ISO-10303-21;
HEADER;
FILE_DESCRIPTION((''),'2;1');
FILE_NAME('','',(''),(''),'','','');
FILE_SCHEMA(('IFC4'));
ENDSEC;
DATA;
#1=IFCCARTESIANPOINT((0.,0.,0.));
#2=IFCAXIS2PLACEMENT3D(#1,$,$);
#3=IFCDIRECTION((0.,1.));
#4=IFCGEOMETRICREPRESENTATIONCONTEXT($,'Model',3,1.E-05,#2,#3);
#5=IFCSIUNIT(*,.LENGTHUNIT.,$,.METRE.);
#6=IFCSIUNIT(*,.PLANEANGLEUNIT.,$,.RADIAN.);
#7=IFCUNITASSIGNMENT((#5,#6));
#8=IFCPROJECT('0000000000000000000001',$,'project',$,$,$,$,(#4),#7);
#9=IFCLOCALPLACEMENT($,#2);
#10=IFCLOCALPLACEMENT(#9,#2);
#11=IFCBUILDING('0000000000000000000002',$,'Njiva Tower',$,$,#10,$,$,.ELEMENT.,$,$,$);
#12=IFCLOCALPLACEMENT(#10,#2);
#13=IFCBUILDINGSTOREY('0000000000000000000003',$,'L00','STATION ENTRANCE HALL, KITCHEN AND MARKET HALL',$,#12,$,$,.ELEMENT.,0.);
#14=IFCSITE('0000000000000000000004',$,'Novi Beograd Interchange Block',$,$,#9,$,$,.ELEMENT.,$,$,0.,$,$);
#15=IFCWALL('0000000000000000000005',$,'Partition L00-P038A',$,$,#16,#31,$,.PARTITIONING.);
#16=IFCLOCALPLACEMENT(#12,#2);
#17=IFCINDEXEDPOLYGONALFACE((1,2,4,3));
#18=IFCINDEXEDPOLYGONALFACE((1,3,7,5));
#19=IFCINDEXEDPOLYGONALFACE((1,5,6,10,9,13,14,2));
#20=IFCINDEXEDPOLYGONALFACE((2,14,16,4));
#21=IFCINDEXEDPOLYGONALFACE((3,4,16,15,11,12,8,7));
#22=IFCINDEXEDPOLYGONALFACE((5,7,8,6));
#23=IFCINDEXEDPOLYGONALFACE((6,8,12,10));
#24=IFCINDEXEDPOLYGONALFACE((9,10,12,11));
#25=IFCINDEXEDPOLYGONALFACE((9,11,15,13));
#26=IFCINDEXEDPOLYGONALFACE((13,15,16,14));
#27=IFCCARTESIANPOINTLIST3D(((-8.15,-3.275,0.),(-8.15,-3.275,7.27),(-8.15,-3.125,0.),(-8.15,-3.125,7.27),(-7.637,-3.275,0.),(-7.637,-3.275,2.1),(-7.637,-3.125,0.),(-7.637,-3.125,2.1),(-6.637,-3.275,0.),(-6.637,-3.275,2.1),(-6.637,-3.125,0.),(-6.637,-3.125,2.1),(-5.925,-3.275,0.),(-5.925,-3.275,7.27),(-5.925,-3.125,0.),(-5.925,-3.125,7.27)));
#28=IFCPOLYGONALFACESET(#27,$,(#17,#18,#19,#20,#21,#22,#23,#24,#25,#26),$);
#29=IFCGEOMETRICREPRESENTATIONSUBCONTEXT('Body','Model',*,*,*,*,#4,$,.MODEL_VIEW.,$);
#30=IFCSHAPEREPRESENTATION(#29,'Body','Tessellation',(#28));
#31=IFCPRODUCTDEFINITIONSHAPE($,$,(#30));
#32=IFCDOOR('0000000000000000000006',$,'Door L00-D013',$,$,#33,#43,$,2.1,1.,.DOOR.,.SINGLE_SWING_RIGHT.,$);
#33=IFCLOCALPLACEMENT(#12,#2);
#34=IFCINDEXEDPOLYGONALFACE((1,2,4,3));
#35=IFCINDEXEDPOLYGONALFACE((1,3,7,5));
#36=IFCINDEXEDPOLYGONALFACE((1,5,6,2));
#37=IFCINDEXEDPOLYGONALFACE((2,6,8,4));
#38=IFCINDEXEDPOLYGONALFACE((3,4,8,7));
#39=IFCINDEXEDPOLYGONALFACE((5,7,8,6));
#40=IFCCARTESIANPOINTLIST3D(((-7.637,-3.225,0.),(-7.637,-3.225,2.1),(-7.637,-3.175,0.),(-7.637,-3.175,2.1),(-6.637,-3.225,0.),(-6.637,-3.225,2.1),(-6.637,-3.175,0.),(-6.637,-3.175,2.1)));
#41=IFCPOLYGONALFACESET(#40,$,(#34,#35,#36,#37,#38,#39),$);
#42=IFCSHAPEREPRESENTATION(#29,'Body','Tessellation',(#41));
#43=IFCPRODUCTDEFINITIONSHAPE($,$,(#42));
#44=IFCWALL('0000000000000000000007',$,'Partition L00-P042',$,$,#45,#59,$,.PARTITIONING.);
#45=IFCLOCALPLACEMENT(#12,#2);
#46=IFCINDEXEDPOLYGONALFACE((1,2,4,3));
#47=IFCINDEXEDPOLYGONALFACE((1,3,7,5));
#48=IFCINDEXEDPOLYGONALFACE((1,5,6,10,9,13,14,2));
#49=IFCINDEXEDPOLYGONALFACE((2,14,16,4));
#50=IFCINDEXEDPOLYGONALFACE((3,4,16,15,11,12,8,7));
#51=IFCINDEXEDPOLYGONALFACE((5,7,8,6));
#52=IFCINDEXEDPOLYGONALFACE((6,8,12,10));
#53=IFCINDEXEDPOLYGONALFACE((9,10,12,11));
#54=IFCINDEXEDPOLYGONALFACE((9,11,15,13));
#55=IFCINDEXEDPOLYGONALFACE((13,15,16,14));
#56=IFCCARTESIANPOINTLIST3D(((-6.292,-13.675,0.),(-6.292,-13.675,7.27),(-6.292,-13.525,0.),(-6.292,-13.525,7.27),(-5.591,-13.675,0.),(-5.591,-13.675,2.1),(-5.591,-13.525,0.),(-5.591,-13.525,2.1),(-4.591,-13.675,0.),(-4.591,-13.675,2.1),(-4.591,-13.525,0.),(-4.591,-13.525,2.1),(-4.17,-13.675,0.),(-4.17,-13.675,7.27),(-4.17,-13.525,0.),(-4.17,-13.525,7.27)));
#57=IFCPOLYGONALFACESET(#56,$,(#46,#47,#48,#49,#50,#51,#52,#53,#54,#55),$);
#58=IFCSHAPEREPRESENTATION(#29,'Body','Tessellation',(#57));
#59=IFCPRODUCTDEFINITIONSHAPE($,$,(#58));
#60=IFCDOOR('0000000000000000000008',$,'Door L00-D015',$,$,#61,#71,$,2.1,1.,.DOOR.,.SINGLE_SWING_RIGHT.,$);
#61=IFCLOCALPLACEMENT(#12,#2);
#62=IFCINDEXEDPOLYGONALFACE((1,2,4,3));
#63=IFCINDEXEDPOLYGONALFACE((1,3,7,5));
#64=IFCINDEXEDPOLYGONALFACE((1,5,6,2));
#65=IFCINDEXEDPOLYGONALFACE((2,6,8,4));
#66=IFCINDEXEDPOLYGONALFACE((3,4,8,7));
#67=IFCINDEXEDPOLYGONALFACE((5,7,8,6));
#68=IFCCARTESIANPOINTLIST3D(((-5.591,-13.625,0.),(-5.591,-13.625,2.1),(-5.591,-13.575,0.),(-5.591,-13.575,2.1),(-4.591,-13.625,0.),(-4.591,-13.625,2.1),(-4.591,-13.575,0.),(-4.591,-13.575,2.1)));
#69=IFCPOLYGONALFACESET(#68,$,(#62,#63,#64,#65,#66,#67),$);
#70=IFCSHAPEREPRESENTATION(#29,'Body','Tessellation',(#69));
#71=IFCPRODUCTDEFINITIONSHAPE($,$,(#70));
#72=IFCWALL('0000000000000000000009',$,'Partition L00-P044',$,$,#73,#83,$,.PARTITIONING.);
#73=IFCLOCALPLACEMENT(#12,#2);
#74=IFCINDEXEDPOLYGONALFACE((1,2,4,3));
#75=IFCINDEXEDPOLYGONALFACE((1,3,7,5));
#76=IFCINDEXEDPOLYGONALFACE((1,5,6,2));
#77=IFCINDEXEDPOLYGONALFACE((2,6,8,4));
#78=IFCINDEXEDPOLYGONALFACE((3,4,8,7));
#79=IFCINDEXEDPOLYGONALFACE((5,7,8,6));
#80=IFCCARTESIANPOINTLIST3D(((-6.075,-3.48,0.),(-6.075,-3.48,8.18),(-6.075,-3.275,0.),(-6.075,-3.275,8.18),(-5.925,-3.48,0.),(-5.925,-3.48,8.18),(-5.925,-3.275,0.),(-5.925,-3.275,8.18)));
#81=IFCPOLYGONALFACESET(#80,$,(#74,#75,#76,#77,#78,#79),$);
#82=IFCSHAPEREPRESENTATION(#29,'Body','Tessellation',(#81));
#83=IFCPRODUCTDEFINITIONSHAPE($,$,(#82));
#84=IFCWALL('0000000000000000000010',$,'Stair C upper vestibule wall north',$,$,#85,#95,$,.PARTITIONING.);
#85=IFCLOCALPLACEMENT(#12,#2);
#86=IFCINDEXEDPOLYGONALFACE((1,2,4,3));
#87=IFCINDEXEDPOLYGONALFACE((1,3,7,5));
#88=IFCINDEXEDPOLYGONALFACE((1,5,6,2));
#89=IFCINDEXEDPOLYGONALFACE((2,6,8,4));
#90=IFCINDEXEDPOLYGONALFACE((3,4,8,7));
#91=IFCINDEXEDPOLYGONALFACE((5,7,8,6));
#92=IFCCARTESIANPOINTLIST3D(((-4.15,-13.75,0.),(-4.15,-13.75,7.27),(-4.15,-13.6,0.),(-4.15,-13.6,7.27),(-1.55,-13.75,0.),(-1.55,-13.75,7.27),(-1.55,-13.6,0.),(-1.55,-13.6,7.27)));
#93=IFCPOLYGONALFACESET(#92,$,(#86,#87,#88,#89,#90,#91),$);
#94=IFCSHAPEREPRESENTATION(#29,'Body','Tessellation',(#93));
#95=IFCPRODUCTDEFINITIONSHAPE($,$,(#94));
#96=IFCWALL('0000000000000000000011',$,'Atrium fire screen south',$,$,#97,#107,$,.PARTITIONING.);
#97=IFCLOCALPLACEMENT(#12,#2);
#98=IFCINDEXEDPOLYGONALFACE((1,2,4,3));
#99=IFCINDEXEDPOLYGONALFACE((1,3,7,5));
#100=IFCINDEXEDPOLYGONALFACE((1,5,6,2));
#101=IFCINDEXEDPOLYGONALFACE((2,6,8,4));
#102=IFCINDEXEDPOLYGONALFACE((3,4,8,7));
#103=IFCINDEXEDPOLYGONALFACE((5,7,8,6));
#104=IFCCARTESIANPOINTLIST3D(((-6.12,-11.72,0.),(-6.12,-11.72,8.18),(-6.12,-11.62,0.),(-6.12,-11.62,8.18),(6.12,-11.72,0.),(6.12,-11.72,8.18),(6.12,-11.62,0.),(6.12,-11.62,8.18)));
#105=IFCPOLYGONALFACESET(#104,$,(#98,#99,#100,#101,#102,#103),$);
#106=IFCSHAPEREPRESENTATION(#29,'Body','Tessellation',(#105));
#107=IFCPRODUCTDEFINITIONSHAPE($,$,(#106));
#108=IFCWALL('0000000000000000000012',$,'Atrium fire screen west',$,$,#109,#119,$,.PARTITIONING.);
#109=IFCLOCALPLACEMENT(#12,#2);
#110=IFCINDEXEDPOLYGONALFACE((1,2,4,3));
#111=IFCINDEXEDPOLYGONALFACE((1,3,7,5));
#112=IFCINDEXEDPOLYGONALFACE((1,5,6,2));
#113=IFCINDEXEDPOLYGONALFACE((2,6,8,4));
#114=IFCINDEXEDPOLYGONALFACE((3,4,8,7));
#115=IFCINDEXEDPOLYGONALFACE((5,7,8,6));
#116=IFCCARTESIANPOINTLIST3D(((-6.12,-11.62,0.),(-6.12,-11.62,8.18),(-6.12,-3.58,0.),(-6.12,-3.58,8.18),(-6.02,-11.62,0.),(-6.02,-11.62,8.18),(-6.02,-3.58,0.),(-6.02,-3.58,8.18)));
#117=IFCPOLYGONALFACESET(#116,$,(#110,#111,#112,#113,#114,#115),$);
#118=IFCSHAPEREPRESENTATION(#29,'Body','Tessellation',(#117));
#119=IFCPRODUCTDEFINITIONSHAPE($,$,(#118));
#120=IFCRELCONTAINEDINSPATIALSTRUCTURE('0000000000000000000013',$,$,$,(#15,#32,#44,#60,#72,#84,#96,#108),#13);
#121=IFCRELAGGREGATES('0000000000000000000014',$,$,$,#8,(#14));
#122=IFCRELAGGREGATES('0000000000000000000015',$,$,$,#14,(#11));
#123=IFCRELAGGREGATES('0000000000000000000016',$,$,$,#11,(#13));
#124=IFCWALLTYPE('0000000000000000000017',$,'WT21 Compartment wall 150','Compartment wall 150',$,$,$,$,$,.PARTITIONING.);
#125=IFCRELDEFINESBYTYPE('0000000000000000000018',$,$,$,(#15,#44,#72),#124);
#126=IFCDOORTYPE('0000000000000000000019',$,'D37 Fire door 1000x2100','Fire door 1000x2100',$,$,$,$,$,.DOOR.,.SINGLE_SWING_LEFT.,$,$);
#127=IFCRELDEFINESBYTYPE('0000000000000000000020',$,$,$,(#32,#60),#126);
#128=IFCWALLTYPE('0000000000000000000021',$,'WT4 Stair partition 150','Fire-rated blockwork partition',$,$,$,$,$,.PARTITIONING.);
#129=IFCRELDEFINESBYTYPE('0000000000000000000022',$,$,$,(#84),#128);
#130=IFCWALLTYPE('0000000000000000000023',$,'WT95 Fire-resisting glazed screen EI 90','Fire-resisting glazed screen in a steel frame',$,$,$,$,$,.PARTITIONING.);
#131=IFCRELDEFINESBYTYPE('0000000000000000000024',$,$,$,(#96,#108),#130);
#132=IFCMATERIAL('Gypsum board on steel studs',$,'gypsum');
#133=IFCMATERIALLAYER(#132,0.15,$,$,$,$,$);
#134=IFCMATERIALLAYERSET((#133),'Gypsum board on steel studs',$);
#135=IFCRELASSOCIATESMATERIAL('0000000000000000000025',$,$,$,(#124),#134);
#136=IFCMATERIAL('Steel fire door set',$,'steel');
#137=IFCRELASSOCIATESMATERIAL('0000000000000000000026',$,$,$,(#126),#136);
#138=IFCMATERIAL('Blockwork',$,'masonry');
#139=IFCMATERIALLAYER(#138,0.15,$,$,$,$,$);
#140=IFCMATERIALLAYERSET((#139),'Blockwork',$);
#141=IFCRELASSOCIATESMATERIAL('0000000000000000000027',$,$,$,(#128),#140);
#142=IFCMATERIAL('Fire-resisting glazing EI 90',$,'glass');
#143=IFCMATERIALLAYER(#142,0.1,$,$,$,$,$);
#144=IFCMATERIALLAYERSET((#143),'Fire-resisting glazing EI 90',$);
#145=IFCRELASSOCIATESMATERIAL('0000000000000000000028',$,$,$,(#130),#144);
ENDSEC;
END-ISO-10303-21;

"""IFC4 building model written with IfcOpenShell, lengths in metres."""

from ifc_helpers import new_model, si_unit, direction, frame, frame_2d, origin, place, context, subcontext, project, spatial, rectangle, extrude, material, layer, layer_set, type_object, element, fill, save


model = new_model("IFC4")

# Units and contexts
model_context = context("Model", 3, precision=1e-05, world=origin(), true_north=direction((0.0, 1.0)))
body_context = subcontext(model_context, "Body", "Model", "MODEL_VIEW")
ifc_project = project(units=[si_unit("LENGTHUNIT", "METRE"), si_unit("PLANEANGLEUNIT", "RADIAN")], contexts=[model_context])

# Site, building, storey
site_placement = place(None, origin())
site = spatial("IfcSite", under=ifc_project, at=site_placement, Name="Novi Beograd Interchange Block", CompositionType="ELEMENT", RefElevation=0.0)
building_placement = place(site_placement, origin())
building = spatial("IfcBuilding", under=site, at=building_placement, Name="Njiva Tower", CompositionType="ELEMENT")
storey_placement = place(building_placement, origin())
storey = spatial("IfcBuildingStorey", under=building, at=storey_placement, Name="L00", Description="STATION ENTRANCE HALL, KITCHEN AND MARKET HALL", CompositionType="ELEMENT", Elevation=0.0)

# Shared definitions
ifc_material_1 = material(Name="Gypsum board on steel studs", Category="gypsum")
ifc_layer_1 = layer(ifc_material_1, 0.15)
ifc_layer_set_1 = layer_set([ifc_layer_1], Name="Gypsum board on steel studs")
wall_type_1 = type_object("IfcWallType", Name="WT21 Compartment wall 150", Description="Compartment wall 150", PredefinedType="PARTITIONING", material=ifc_layer_set_1)

# Shared definitions
ifc_material_2 = material(Name="Steel fire door set", Category="steel")
door_type = type_object("IfcDoorType", Name="D37 Fire door 1000x2100", Description="Fire door 1000x2100", OperationType="SINGLE_SWING_LEFT", PredefinedType="DOOR", material=ifc_material_2)

# Walls, openings, doors
wall_1_placement = place(storey_placement, frame((-8.15, -3.2, 0.0), z_axis=(0.0, 0.0, 1.0), x_axis=(1.0, 0.0, 0.0)))
wall_1 = element("IfcWall", 1, at=wall_1_placement, inside=storey, type_object=wall_type_1, Name="Partition L00-P038A", PredefinedType="PARTITIONING", context=body_context, shape_type="SweptSolid", body=[
    extrude(rectangle(XDim=2.225, YDim=0.15, at=frame_2d((1.1125, 0.0))), origin(), (0.0, 0.0, 1.0), 7.27),
])
opening_1_placement = place(wall_1_placement, frame((0.513, 0.0, 0.0)))
opening_1 = element("IfcOpeningElement", 2, at=opening_1_placement, cuts=wall_1, PredefinedType="OPENING", context=body_context, shape_type="SweptSolid", body=[
    extrude(rectangle(XDim=1.0, YDim=2.1, at=frame_2d((0.5, 1.05))), frame((0.0, 0.085, 0.0), z_axis=(0.0, -1.0, 0.0), x_axis=(1.0, 0.0, 0.0)), (0.0, 0.0, 1.0), 0.17),
])
door_1_placement = place(opening_1_placement, origin())
door_1 = element("IfcDoor", 3, at=door_1_placement, inside=storey, type_object=door_type, Name="Door L00-D013", OperationType="SINGLE_SWING_RIGHT", OverallHeight=2.1, OverallWidth=1.0, PredefinedType="DOOR", context=body_context, shape_type="SweptSolid", body=[
    extrude(rectangle(XDim=1.0, YDim=2.1, at=frame_2d((0.5, 1.05))), frame((0.0, 0.025, 0.0), z_axis=(0.0, -1.0, 0.0), x_axis=(1.0, 0.0, 0.0)), (0.0, 0.0, 1.0), 0.05),
])
fill(opening_1, door_1)
wall_2_placement = place(storey_placement, frame((-6.292, -13.6, 0.0), z_axis=(0.0, 0.0, 1.0), x_axis=(1.0, 0.0, 0.0)))
wall_2 = element("IfcWall", 4, at=wall_2_placement, inside=storey, type_object=wall_type_1, Name="Partition L00-P042", PredefinedType="PARTITIONING", context=body_context, shape_type="SweptSolid", body=[
    extrude(rectangle(XDim=2.122, YDim=0.15, at=frame_2d((1.061, 0.0))), origin(), (0.0, 0.0, 1.0), 7.27),
])
opening_2_placement = place(wall_2_placement, frame((0.701, 0.0, 0.0)))
opening_2 = element("IfcOpeningElement", 5, at=opening_2_placement, cuts=wall_2, PredefinedType="OPENING", context=body_context, shape_type="SweptSolid", body=[
    extrude(rectangle(XDim=1.0, YDim=2.1, at=frame_2d((0.5, 1.05))), frame((0.0, 0.085, 0.0), z_axis=(0.0, -1.0, 0.0), x_axis=(1.0, 0.0, 0.0)), (0.0, 0.0, 1.0), 0.17),
])
door_2_placement = place(opening_2_placement, origin())
door_2 = element("IfcDoor", 6, at=door_2_placement, inside=storey, type_object=door_type, Name="Door L00-D015", OperationType="SINGLE_SWING_RIGHT", OverallHeight=2.1, OverallWidth=1.0, PredefinedType="DOOR", context=body_context, shape_type="SweptSolid", body=[
    extrude(rectangle(XDim=1.0, YDim=2.1, at=frame_2d((0.5, 1.05))), frame((0.0, 0.025, 0.0), z_axis=(0.0, -1.0, 0.0), x_axis=(1.0, 0.0, 0.0)), (0.0, 0.0, 1.0), 0.05),
])
fill(opening_2, door_2)

# Walls
wall_3_placement = place(storey_placement, frame((-6.0, -3.48, 0.0), z_axis=(0.0, 0.0, 1.0), x_axis=(0.0, 1.0, 0.0)))
element("IfcWall", 7, at=wall_3_placement, inside=storey, type_object=wall_type_1, Name="Partition L00-P044", PredefinedType="PARTITIONING", context=body_context, shape_type="SweptSolid", body=[
    extrude(rectangle(XDim=0.205, YDim=0.15, at=frame_2d((0.1025, 0.0))), origin(), (0.0, 0.0, 1.0), 8.18),
])
ifc_material_3 = material(Name="Blockwork", Category="masonry")
ifc_layer_2 = layer(ifc_material_3, 0.15)
ifc_layer_set_2 = layer_set([ifc_layer_2], Name="Blockwork")
wall_type_2 = type_object("IfcWallType", Name="WT4 Stair partition 150", Description="Fire-rated blockwork partition", PredefinedType="PARTITIONING", material=ifc_layer_set_2)
wall_4_placement = place(storey_placement, frame((-4.15, -13.675, 0.0), z_axis=(0.0, 0.0, 1.0), x_axis=(1.0, 0.0, 0.0)))
element("IfcWall", 8, at=wall_4_placement, inside=storey, type_object=wall_type_2, Name="Stair C upper vestibule wall north", PredefinedType="PARTITIONING", context=body_context, shape_type="SweptSolid", body=[
    extrude(rectangle(XDim=2.6, YDim=0.15, at=frame_2d((1.3, 0.0))), origin(), (0.0, 0.0, 1.0), 7.27),
])
ifc_material_4 = material(Name="Fire-resisting glazing EI 90", Category="glass")
ifc_layer_3 = layer(ifc_material_4, 0.1)
ifc_layer_set_3 = layer_set([ifc_layer_3], Name="Fire-resisting glazing EI 90")
wall_type_3 = type_object("IfcWallType", Name="WT95 Fire-resisting glazed screen EI 90", Description="Fire-resisting glazed screen in a steel frame", PredefinedType="PARTITIONING", material=ifc_layer_set_3)
wall_5_placement = place(storey_placement, frame((-6.12, -11.67, 0.0), z_axis=(0.0, 0.0, 1.0), x_axis=(1.0, 0.0, 0.0)))
element("IfcWall", 9, at=wall_5_placement, inside=storey, type_object=wall_type_3, Name="Atrium fire screen south", PredefinedType="PARTITIONING", context=body_context, shape_type="SweptSolid", body=[
    extrude(rectangle(XDim=12.24, YDim=0.1, at=frame_2d((6.12, 0.0))), origin(), (0.0, 0.0, 1.0), 8.18),
])
wall_6_placement = place(storey_placement, frame((-6.07, -3.58, 0.0), z_axis=(0.0, 0.0, 1.0), x_axis=(0.0, -1.0, 0.0)))
element("IfcWall", 10, at=wall_6_placement, inside=storey, type_object=wall_type_3, Name="Atrium fire screen west", PredefinedType="PARTITIONING", context=body_context, shape_type="SweptSolid", body=[
    extrude(rectangle(XDim=8.04, YDim=0.1, at=frame_2d((4.02, 0.0))), origin(), (0.0, 0.0, 1.0), 8.18),
])

save(model, "model.ifc")
